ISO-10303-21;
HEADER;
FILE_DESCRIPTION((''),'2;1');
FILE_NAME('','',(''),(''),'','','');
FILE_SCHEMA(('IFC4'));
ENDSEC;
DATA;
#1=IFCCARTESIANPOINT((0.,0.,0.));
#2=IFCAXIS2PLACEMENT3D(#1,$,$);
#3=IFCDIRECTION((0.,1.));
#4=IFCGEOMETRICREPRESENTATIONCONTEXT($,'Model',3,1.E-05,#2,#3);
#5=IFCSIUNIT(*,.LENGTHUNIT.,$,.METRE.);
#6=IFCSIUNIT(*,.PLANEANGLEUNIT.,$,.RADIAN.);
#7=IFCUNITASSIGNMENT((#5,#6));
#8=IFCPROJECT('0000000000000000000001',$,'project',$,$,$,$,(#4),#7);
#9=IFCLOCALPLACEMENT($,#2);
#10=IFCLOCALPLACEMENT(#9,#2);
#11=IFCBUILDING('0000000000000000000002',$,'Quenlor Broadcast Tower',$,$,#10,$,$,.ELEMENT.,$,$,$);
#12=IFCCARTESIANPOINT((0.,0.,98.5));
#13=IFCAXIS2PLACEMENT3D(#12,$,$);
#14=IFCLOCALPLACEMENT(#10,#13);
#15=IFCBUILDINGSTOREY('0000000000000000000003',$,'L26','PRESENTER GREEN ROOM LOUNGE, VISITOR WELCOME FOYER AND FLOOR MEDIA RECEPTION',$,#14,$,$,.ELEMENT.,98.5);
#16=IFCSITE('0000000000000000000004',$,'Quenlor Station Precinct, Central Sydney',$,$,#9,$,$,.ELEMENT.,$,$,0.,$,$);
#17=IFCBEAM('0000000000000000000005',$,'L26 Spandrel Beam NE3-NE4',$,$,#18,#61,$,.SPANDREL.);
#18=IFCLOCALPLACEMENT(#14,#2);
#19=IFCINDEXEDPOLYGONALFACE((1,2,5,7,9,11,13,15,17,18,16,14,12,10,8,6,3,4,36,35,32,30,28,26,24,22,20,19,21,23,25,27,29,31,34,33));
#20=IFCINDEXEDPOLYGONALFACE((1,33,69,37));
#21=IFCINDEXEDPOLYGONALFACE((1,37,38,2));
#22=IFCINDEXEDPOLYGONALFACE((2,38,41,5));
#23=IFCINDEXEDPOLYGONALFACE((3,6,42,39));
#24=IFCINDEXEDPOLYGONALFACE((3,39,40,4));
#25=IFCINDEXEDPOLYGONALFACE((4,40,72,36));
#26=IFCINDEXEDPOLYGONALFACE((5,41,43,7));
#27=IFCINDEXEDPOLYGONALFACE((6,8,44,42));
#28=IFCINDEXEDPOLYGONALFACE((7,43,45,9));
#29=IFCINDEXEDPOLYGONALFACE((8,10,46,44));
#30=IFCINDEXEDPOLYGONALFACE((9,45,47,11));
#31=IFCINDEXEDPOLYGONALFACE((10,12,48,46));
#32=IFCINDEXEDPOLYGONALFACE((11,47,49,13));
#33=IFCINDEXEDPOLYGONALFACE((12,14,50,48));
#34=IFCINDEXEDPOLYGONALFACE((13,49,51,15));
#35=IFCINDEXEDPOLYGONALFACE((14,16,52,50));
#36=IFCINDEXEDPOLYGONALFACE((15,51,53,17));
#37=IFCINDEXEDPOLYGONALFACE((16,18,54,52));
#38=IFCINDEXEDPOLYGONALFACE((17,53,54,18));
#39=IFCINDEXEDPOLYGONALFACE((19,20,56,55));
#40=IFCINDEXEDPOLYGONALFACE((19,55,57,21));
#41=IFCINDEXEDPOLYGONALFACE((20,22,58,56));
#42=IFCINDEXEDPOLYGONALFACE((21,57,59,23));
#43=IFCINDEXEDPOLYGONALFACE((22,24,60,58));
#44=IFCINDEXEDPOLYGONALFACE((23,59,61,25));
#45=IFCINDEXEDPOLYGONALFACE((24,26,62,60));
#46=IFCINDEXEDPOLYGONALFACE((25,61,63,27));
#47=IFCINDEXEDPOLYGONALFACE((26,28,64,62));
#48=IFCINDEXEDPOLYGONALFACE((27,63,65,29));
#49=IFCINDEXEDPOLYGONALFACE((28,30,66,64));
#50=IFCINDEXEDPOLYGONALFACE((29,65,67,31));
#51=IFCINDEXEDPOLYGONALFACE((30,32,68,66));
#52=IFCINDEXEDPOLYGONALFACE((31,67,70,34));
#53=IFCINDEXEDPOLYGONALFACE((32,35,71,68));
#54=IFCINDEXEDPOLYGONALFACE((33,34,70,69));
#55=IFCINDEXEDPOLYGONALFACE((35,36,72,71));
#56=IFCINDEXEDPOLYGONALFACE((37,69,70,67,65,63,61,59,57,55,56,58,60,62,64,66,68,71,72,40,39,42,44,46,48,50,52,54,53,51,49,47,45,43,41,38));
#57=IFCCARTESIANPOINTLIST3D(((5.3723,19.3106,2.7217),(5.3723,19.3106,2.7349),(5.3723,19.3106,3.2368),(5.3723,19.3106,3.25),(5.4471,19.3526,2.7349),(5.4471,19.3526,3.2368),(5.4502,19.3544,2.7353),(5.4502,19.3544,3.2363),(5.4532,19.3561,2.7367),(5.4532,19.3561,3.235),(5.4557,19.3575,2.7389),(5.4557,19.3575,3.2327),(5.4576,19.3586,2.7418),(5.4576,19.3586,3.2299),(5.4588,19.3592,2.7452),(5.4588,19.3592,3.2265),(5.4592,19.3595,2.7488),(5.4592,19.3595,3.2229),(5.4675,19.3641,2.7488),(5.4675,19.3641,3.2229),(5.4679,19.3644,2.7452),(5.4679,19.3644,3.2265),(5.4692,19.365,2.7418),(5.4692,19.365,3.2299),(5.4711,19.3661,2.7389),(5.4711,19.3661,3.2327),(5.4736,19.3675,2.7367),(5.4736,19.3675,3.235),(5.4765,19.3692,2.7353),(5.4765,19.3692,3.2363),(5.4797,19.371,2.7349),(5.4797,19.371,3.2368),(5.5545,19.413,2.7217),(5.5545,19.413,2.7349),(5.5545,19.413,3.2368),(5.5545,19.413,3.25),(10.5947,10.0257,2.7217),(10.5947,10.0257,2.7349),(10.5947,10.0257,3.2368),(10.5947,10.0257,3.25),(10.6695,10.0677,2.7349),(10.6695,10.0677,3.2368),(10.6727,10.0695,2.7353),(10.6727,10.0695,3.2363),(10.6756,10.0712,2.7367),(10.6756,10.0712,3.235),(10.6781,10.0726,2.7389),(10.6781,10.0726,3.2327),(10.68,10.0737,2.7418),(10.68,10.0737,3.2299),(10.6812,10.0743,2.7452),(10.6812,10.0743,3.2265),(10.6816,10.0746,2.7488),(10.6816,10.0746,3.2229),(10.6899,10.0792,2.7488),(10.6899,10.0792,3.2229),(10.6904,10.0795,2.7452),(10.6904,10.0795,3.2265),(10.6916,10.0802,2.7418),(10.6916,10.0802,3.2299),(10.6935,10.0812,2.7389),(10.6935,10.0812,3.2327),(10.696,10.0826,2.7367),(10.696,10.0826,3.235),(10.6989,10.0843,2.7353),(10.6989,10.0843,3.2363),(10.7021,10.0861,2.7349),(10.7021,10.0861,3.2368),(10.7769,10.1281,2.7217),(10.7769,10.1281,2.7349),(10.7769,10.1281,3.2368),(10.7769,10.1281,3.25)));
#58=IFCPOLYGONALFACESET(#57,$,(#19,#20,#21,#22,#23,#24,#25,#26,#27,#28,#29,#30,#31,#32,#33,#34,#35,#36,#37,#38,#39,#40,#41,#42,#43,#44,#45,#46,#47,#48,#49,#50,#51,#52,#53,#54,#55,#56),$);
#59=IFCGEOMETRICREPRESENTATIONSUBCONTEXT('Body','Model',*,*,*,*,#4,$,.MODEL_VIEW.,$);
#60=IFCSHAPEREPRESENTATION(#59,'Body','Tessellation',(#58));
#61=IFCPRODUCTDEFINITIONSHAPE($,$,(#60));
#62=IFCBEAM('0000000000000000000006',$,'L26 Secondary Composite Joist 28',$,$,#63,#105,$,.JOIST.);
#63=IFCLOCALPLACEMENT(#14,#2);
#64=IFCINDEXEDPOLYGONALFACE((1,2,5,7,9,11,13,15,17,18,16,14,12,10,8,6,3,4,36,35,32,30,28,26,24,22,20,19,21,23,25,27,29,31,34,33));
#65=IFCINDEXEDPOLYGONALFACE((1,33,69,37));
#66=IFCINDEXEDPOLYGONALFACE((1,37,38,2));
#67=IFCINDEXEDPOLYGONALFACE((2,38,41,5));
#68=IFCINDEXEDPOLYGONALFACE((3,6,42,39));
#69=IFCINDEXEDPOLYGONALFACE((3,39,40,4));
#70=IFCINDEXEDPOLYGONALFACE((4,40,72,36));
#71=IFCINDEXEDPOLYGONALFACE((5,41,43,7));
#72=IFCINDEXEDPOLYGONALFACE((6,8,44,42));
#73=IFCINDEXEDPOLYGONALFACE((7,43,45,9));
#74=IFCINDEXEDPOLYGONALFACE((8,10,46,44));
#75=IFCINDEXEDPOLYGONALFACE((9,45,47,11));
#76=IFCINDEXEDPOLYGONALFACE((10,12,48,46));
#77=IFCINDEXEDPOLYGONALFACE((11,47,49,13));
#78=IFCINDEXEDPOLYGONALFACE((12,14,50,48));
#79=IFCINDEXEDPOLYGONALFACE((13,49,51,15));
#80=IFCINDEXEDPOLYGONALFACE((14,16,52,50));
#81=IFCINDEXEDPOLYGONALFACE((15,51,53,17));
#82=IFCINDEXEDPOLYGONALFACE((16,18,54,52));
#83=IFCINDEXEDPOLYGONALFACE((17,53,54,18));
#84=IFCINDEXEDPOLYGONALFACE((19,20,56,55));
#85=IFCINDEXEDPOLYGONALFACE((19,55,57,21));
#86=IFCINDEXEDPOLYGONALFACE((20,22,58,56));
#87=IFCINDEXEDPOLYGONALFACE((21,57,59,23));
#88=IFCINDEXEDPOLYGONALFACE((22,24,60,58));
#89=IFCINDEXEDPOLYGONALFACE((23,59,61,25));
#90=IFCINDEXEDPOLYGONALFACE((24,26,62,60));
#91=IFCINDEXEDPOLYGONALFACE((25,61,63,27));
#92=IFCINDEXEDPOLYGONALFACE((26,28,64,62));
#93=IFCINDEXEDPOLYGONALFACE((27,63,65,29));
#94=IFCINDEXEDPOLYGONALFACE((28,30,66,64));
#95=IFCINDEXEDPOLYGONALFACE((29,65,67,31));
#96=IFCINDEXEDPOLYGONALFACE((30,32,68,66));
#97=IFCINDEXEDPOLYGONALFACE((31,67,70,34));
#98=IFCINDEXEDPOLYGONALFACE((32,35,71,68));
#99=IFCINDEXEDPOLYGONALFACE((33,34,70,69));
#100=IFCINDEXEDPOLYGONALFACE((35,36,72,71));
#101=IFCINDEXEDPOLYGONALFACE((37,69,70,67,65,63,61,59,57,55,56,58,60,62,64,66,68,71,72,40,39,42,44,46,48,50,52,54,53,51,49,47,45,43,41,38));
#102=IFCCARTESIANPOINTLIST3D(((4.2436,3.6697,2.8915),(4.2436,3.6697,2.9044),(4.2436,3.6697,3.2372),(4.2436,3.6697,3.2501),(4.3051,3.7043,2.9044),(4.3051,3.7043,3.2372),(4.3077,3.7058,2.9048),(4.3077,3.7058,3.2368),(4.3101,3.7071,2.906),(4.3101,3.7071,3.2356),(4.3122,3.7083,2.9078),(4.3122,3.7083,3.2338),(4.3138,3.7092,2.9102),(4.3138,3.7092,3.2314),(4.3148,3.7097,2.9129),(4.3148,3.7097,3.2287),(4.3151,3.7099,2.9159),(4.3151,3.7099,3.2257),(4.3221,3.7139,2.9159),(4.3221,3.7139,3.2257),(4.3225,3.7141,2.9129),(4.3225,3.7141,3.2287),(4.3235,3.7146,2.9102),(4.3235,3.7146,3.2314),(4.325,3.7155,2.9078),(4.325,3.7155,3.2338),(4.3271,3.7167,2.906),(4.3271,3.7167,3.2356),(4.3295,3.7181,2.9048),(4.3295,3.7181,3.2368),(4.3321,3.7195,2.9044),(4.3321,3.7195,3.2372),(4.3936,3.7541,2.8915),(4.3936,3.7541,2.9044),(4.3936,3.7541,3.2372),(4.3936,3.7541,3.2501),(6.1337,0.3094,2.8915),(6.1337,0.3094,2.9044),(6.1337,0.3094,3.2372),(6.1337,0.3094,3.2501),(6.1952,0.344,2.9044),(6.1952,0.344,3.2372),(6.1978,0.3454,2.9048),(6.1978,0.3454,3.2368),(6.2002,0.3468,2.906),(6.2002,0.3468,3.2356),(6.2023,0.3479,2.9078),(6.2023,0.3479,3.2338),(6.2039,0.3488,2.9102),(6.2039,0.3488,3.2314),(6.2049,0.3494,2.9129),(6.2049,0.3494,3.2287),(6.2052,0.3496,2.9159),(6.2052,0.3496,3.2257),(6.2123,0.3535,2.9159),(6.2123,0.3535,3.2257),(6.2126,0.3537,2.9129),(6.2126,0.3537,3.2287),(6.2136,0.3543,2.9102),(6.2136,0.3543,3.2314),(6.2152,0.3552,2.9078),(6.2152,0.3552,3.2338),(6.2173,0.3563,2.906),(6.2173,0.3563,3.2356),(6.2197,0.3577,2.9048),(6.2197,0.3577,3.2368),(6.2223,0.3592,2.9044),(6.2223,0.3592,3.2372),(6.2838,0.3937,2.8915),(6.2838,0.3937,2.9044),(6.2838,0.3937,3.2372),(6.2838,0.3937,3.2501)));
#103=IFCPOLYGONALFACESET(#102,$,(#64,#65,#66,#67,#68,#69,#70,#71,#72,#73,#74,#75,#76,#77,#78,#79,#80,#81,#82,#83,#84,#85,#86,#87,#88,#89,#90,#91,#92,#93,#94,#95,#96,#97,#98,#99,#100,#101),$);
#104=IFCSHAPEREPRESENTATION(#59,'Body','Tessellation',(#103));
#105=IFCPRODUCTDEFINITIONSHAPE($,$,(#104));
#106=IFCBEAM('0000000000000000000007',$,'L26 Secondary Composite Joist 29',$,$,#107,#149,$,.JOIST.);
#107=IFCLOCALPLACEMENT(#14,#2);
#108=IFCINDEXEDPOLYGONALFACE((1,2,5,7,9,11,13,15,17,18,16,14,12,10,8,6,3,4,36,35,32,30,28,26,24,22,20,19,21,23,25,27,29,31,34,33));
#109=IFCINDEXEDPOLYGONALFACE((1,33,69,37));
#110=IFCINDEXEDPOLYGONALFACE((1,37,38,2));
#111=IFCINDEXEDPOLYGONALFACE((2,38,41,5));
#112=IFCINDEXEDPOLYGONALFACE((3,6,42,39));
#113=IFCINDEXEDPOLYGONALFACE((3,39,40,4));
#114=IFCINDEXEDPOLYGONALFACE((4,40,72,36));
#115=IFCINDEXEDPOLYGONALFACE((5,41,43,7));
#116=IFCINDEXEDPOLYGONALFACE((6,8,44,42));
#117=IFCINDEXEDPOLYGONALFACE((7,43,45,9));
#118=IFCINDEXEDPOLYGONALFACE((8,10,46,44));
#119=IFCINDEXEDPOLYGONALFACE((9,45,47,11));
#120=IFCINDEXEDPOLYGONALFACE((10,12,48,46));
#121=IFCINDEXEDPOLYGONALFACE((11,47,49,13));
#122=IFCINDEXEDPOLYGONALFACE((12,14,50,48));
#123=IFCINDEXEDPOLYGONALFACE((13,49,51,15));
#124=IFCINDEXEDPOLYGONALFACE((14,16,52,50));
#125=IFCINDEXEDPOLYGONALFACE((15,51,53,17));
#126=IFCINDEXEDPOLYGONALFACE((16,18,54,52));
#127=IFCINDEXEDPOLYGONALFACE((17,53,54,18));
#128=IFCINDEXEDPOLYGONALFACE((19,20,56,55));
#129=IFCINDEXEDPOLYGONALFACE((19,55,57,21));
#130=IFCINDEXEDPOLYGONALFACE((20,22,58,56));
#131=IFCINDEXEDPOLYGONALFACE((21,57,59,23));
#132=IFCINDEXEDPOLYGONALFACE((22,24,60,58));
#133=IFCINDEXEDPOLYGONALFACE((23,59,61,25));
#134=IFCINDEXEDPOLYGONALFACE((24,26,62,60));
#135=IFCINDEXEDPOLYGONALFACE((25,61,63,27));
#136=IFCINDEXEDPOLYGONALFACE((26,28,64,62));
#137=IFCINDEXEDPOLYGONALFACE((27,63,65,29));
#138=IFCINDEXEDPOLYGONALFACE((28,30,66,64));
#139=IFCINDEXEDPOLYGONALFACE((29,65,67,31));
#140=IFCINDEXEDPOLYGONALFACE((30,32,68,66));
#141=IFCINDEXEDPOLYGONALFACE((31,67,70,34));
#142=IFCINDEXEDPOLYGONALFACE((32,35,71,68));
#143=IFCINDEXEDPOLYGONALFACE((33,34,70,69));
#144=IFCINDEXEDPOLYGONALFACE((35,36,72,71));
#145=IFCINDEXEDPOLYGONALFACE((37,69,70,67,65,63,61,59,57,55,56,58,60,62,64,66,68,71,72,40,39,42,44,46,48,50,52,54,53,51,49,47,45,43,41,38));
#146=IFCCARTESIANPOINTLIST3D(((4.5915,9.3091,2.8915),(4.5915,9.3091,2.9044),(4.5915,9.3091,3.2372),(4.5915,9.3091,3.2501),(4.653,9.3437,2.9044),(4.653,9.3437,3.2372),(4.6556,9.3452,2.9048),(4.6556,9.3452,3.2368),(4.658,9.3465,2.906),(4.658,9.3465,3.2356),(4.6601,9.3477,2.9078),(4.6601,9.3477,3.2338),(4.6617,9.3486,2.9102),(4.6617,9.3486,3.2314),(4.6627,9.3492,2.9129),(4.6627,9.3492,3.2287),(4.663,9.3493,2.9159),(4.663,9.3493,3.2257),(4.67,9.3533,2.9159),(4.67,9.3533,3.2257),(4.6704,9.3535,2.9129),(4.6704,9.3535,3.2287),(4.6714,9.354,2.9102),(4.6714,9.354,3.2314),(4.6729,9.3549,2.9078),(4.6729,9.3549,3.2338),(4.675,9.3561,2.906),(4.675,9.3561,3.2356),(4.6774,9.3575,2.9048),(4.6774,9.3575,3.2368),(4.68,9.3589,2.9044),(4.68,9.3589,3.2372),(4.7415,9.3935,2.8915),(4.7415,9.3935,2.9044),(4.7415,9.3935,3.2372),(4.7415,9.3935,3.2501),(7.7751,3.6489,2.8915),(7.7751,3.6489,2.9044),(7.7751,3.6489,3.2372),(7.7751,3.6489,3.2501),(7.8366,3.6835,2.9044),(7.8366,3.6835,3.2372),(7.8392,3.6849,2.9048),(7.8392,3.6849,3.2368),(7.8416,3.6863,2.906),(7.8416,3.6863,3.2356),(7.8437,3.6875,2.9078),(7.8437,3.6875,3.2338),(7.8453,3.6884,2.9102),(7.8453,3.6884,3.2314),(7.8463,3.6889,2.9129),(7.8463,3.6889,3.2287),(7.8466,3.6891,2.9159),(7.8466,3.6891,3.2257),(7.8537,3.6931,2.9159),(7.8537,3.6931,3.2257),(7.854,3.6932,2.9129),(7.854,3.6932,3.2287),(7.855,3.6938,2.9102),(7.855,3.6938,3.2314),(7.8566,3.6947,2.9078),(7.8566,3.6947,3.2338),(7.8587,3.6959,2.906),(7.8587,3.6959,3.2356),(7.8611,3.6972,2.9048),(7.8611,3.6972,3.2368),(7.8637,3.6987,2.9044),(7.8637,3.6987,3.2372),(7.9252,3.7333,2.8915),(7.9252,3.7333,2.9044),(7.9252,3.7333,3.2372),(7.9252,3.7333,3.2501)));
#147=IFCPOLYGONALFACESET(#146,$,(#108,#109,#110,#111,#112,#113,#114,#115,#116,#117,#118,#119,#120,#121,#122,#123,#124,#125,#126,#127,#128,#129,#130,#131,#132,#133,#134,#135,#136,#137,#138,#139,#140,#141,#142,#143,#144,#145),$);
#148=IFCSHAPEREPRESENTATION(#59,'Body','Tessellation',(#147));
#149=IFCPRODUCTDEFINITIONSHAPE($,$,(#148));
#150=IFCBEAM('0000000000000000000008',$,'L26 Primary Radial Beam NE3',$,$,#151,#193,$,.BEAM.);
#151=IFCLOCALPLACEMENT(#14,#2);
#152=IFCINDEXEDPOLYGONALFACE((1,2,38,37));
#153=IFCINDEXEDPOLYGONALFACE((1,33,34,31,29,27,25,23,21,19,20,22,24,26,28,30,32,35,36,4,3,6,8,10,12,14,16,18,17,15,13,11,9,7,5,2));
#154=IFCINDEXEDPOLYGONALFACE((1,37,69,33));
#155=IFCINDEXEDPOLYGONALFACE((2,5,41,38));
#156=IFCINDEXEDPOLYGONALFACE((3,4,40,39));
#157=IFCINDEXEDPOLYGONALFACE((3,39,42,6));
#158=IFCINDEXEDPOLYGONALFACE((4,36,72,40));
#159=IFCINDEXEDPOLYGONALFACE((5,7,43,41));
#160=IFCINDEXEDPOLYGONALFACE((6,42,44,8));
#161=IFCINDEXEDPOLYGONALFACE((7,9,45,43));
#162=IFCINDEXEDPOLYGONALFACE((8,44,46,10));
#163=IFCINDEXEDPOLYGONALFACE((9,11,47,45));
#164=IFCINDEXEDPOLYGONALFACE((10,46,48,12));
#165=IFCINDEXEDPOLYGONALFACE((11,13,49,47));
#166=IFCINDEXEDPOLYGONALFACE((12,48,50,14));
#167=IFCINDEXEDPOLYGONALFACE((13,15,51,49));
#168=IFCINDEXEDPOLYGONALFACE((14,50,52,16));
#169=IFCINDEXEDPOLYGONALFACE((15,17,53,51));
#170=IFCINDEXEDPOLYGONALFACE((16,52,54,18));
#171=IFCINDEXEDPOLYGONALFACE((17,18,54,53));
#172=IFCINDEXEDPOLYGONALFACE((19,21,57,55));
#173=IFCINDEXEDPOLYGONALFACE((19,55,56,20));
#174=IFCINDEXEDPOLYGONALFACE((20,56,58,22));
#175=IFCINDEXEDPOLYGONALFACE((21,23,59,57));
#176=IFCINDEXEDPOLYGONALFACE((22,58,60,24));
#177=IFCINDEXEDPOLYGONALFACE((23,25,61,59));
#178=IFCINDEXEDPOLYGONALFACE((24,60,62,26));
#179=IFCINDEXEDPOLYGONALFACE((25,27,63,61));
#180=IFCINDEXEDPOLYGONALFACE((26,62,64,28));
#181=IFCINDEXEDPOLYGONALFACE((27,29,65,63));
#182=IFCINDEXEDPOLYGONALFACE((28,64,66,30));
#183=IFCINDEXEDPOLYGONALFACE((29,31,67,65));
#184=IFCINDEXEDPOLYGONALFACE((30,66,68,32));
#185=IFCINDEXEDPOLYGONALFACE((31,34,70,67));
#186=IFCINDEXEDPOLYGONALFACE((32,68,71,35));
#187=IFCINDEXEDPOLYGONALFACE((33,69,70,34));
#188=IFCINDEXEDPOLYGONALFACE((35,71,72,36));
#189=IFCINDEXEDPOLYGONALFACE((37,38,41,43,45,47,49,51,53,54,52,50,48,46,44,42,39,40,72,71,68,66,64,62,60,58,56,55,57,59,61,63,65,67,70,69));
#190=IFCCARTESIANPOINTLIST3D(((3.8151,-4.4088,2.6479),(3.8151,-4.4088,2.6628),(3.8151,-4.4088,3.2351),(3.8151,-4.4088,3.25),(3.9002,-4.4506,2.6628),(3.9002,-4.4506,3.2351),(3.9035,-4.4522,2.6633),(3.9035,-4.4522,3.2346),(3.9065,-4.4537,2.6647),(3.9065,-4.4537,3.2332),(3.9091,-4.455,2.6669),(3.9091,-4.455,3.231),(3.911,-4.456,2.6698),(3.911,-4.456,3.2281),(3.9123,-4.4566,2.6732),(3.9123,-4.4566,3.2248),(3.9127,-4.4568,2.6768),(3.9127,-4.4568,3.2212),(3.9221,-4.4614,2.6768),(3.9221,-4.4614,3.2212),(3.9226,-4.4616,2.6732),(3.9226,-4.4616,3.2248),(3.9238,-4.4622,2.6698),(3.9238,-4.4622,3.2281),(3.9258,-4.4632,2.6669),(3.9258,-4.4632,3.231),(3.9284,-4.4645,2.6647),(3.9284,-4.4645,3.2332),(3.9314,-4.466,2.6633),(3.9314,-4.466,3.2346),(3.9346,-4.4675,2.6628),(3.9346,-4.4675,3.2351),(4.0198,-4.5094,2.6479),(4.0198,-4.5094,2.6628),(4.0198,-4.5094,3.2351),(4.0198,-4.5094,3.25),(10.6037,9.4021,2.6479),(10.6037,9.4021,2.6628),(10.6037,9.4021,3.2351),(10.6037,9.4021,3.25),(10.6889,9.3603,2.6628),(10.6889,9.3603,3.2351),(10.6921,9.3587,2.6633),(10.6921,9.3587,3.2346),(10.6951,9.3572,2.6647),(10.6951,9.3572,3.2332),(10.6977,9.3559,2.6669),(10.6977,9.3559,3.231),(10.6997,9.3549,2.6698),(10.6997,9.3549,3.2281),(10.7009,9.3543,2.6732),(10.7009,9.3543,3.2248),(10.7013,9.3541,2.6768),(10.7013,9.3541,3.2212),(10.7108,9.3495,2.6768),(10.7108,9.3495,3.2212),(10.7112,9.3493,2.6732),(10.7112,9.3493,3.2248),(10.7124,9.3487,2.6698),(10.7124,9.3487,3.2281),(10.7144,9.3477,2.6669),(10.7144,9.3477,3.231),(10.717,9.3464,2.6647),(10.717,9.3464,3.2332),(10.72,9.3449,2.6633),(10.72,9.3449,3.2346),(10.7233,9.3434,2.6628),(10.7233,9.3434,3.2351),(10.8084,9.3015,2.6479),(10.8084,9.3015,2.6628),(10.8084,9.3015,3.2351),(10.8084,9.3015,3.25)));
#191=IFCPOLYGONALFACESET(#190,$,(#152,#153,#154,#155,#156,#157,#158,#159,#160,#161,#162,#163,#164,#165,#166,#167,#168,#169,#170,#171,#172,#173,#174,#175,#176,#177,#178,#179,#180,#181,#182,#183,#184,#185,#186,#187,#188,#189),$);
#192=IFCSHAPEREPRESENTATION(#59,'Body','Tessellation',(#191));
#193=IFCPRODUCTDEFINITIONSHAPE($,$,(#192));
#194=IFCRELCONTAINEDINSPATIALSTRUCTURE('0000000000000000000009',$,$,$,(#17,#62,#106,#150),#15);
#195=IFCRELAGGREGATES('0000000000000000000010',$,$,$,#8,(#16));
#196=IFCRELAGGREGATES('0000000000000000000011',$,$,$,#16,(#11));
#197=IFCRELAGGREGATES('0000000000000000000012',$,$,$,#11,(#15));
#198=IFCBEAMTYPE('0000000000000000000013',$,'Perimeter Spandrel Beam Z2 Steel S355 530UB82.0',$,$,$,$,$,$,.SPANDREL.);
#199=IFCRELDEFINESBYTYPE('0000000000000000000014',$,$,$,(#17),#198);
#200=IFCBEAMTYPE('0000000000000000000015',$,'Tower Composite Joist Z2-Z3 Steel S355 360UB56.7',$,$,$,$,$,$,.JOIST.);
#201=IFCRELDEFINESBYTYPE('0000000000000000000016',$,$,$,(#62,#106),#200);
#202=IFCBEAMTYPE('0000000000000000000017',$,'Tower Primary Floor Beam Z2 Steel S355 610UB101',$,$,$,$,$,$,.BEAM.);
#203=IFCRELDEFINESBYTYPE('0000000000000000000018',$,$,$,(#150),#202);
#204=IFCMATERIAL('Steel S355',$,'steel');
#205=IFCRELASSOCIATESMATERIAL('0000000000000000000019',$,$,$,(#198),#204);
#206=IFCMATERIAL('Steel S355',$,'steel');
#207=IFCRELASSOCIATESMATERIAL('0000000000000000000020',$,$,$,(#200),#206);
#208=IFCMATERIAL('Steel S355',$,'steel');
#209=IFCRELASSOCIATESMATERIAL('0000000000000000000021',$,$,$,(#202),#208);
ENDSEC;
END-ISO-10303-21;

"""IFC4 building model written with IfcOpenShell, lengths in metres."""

from ifc_helpers import new_model, si_unit, direction, frame, origin, origin_2d, place, context, subcontext, project, spatial, i_section, extrude, material, material_profile, profile_set, type_object, element, save


model = new_model("IFC4")

# Units and contexts
model_context = context("Model", 3, precision=1e-05, world=origin(), true_north=direction((0.0, 1.0)))
body_context = subcontext(model_context, "Body", "Model", "MODEL_VIEW")
ifc_project = project(units=[si_unit("LENGTHUNIT", "METRE"), si_unit("PLANEANGLEUNIT", "RADIAN")], contexts=[model_context])

# Site, building, storey
site_placement = place(None, origin())
site = spatial("IfcSite", under=ifc_project, at=site_placement, Name="Quenlor Station Precinct, Central Sydney", CompositionType="ELEMENT", RefElevation=0.0)
building_placement = place(site_placement, origin())
building = spatial("IfcBuilding", under=site, at=building_placement, Name="Quenlor Broadcast Tower", CompositionType="ELEMENT")
storey_placement = place(building_placement, frame((0.0, 0.0, 98.5)))
storey = spatial("IfcBuildingStorey", under=building, at=storey_placement, Name="L26", Description="PRESENTER GREEN ROOM LOUNGE, VISITOR WELCOME FOYER AND FLOOR MEDIA RECEPTION", CompositionType="ELEMENT", Elevation=98.5)

# Beams
ifc_material_1 = material(Name="Steel S355", Category="steel")
ifc_material_profile_1 = material_profile(ifc_material_1, i_section(OverallWidth=0.209, OverallDepth=0.5283, WebThickness=0.0095, FlangeThickness=0.0132, FilletRadius=0.0139, at=origin_2d()))
ifc_profile_set_1 = profile_set([ifc_material_profile_1], Name="Steel S355 530UB82.0")
beam_type_1 = type_object("IfcBeamType", Name="Perimeter Spandrel Beam Z2 Steel S355 530UB82.0", PredefinedType="SPANDREL", material=ifc_profile_set_1)
beam_1_placement = place(storey_placement, frame((10.6858, 10.0769, 2.9858), z_axis=(-0.490236, 0.87159, 0.0), x_axis=(-0.87159, -0.490236, 0.0)))
element("IfcBeam", 1, at=beam_1_placement, inside=storey, type_object=beam_type_1, Name="L26 Spandrel Beam NE3-NE4", PredefinedType="SPANDREL", context=body_context, shape_type="SweptSolid", body=[
    extrude(i_section(OverallWidth=0.209, OverallDepth=0.5283, WebThickness=0.0095, FlangeThickness=0.0132, FilletRadius=0.0139, at=origin_2d()), origin(), (0.0, 0.0, 1.0), 10.6528),
])
ifc_material_2 = material(Name="Steel S355", Category="steel")
ifc_material_profile_2 = material_profile(ifc_material_2, i_section(OverallWidth=0.1721, OverallDepth=0.3586, WebThickness=0.0081, FlangeThickness=0.0129, FilletRadius=0.0115, at=origin_2d()))
ifc_profile_set_2 = profile_set([ifc_material_profile_2], Name="Steel S355 360UB56.7")
beam_type_2 = type_object("IfcBeamType", Name="Tower Composite Joist Z2-Z3 Steel S355 360UB56.7", PredefinedType="JOIST", material=ifc_profile_set_2)
beam_2_placement = place(storey_placement, frame((4.3186, 3.7119, 3.0708), z_axis=(0.490249, -0.871582, 0.0), x_axis=(0.871582, 0.490249, 0.0)))
element("IfcBeam", 2, at=beam_2_placement, inside=storey, type_object=beam_type_2, Name="L26 Secondary Composite Joist 28", PredefinedType="JOIST", context=body_context, shape_type="SweptSolid", body=[
    extrude(i_section(OverallWidth=0.1721, OverallDepth=0.3586, WebThickness=0.0081, FlangeThickness=0.0129, FilletRadius=0.0115, at=origin_2d()), origin(), (0.0, 0.0, 1.0), 3.8555),
])
beam_3_placement = place(storey_placement, frame((4.6665, 9.3513, 3.0708), z_axis=(0.490233, -0.871592, 0.0), x_axis=(0.871592, 0.490233, 0.0)))
element("IfcBeam", 3, at=beam_3_placement, inside=storey, type_object=beam_type_2, Name="L26 Secondary Composite Joist 29", PredefinedType="JOIST", context=body_context, shape_type="SweptSolid", body=[
    extrude(i_section(OverallWidth=0.1721, OverallDepth=0.3586, WebThickness=0.0081, FlangeThickness=0.0129, FilletRadius=0.0115, at=origin_2d()), origin(), (0.0, 0.0, 1.0), 6.4941),
])
ifc_material_3 = material(Name="Steel S355", Category="steel")
ifc_material_profile_3 = material_profile(ifc_material_3, i_section(OverallWidth=0.228, OverallDepth=0.6021, WebThickness=0.0105, FlangeThickness=0.0149, FilletRadius=0.0139, at=origin_2d()))
ifc_profile_set_3 = profile_set([ifc_material_profile_3], Name="Steel S355 610UB101")
beam_type_3 = type_object("IfcBeamType", Name="Tower Primary Floor Beam Z2 Steel S355 610UB101", PredefinedType="BEAM", material=ifc_profile_set_3)
beam_4_placement = place(storey_placement, frame((10.7061, 9.3518, 2.949), z_axis=(-0.44113, -0.897443, 0.0), x_axis=(0.897443, -0.44113, 0.0)))
element("IfcBeam", 4, at=beam_4_placement, inside=storey, type_object=beam_type_3, Name="L26 Primary Radial Beam NE3", PredefinedType="BEAM", context=body_context, shape_type="SweptSolid", body=[
    extrude(i_section(OverallWidth=0.228, OverallDepth=0.6021, WebThickness=0.0105, FlangeThickness=0.0149, FilletRadius=0.0139, at=origin_2d()), origin(), (0.0, 0.0, 1.0), 15.3892),
])

save(model, "model.ifc")
